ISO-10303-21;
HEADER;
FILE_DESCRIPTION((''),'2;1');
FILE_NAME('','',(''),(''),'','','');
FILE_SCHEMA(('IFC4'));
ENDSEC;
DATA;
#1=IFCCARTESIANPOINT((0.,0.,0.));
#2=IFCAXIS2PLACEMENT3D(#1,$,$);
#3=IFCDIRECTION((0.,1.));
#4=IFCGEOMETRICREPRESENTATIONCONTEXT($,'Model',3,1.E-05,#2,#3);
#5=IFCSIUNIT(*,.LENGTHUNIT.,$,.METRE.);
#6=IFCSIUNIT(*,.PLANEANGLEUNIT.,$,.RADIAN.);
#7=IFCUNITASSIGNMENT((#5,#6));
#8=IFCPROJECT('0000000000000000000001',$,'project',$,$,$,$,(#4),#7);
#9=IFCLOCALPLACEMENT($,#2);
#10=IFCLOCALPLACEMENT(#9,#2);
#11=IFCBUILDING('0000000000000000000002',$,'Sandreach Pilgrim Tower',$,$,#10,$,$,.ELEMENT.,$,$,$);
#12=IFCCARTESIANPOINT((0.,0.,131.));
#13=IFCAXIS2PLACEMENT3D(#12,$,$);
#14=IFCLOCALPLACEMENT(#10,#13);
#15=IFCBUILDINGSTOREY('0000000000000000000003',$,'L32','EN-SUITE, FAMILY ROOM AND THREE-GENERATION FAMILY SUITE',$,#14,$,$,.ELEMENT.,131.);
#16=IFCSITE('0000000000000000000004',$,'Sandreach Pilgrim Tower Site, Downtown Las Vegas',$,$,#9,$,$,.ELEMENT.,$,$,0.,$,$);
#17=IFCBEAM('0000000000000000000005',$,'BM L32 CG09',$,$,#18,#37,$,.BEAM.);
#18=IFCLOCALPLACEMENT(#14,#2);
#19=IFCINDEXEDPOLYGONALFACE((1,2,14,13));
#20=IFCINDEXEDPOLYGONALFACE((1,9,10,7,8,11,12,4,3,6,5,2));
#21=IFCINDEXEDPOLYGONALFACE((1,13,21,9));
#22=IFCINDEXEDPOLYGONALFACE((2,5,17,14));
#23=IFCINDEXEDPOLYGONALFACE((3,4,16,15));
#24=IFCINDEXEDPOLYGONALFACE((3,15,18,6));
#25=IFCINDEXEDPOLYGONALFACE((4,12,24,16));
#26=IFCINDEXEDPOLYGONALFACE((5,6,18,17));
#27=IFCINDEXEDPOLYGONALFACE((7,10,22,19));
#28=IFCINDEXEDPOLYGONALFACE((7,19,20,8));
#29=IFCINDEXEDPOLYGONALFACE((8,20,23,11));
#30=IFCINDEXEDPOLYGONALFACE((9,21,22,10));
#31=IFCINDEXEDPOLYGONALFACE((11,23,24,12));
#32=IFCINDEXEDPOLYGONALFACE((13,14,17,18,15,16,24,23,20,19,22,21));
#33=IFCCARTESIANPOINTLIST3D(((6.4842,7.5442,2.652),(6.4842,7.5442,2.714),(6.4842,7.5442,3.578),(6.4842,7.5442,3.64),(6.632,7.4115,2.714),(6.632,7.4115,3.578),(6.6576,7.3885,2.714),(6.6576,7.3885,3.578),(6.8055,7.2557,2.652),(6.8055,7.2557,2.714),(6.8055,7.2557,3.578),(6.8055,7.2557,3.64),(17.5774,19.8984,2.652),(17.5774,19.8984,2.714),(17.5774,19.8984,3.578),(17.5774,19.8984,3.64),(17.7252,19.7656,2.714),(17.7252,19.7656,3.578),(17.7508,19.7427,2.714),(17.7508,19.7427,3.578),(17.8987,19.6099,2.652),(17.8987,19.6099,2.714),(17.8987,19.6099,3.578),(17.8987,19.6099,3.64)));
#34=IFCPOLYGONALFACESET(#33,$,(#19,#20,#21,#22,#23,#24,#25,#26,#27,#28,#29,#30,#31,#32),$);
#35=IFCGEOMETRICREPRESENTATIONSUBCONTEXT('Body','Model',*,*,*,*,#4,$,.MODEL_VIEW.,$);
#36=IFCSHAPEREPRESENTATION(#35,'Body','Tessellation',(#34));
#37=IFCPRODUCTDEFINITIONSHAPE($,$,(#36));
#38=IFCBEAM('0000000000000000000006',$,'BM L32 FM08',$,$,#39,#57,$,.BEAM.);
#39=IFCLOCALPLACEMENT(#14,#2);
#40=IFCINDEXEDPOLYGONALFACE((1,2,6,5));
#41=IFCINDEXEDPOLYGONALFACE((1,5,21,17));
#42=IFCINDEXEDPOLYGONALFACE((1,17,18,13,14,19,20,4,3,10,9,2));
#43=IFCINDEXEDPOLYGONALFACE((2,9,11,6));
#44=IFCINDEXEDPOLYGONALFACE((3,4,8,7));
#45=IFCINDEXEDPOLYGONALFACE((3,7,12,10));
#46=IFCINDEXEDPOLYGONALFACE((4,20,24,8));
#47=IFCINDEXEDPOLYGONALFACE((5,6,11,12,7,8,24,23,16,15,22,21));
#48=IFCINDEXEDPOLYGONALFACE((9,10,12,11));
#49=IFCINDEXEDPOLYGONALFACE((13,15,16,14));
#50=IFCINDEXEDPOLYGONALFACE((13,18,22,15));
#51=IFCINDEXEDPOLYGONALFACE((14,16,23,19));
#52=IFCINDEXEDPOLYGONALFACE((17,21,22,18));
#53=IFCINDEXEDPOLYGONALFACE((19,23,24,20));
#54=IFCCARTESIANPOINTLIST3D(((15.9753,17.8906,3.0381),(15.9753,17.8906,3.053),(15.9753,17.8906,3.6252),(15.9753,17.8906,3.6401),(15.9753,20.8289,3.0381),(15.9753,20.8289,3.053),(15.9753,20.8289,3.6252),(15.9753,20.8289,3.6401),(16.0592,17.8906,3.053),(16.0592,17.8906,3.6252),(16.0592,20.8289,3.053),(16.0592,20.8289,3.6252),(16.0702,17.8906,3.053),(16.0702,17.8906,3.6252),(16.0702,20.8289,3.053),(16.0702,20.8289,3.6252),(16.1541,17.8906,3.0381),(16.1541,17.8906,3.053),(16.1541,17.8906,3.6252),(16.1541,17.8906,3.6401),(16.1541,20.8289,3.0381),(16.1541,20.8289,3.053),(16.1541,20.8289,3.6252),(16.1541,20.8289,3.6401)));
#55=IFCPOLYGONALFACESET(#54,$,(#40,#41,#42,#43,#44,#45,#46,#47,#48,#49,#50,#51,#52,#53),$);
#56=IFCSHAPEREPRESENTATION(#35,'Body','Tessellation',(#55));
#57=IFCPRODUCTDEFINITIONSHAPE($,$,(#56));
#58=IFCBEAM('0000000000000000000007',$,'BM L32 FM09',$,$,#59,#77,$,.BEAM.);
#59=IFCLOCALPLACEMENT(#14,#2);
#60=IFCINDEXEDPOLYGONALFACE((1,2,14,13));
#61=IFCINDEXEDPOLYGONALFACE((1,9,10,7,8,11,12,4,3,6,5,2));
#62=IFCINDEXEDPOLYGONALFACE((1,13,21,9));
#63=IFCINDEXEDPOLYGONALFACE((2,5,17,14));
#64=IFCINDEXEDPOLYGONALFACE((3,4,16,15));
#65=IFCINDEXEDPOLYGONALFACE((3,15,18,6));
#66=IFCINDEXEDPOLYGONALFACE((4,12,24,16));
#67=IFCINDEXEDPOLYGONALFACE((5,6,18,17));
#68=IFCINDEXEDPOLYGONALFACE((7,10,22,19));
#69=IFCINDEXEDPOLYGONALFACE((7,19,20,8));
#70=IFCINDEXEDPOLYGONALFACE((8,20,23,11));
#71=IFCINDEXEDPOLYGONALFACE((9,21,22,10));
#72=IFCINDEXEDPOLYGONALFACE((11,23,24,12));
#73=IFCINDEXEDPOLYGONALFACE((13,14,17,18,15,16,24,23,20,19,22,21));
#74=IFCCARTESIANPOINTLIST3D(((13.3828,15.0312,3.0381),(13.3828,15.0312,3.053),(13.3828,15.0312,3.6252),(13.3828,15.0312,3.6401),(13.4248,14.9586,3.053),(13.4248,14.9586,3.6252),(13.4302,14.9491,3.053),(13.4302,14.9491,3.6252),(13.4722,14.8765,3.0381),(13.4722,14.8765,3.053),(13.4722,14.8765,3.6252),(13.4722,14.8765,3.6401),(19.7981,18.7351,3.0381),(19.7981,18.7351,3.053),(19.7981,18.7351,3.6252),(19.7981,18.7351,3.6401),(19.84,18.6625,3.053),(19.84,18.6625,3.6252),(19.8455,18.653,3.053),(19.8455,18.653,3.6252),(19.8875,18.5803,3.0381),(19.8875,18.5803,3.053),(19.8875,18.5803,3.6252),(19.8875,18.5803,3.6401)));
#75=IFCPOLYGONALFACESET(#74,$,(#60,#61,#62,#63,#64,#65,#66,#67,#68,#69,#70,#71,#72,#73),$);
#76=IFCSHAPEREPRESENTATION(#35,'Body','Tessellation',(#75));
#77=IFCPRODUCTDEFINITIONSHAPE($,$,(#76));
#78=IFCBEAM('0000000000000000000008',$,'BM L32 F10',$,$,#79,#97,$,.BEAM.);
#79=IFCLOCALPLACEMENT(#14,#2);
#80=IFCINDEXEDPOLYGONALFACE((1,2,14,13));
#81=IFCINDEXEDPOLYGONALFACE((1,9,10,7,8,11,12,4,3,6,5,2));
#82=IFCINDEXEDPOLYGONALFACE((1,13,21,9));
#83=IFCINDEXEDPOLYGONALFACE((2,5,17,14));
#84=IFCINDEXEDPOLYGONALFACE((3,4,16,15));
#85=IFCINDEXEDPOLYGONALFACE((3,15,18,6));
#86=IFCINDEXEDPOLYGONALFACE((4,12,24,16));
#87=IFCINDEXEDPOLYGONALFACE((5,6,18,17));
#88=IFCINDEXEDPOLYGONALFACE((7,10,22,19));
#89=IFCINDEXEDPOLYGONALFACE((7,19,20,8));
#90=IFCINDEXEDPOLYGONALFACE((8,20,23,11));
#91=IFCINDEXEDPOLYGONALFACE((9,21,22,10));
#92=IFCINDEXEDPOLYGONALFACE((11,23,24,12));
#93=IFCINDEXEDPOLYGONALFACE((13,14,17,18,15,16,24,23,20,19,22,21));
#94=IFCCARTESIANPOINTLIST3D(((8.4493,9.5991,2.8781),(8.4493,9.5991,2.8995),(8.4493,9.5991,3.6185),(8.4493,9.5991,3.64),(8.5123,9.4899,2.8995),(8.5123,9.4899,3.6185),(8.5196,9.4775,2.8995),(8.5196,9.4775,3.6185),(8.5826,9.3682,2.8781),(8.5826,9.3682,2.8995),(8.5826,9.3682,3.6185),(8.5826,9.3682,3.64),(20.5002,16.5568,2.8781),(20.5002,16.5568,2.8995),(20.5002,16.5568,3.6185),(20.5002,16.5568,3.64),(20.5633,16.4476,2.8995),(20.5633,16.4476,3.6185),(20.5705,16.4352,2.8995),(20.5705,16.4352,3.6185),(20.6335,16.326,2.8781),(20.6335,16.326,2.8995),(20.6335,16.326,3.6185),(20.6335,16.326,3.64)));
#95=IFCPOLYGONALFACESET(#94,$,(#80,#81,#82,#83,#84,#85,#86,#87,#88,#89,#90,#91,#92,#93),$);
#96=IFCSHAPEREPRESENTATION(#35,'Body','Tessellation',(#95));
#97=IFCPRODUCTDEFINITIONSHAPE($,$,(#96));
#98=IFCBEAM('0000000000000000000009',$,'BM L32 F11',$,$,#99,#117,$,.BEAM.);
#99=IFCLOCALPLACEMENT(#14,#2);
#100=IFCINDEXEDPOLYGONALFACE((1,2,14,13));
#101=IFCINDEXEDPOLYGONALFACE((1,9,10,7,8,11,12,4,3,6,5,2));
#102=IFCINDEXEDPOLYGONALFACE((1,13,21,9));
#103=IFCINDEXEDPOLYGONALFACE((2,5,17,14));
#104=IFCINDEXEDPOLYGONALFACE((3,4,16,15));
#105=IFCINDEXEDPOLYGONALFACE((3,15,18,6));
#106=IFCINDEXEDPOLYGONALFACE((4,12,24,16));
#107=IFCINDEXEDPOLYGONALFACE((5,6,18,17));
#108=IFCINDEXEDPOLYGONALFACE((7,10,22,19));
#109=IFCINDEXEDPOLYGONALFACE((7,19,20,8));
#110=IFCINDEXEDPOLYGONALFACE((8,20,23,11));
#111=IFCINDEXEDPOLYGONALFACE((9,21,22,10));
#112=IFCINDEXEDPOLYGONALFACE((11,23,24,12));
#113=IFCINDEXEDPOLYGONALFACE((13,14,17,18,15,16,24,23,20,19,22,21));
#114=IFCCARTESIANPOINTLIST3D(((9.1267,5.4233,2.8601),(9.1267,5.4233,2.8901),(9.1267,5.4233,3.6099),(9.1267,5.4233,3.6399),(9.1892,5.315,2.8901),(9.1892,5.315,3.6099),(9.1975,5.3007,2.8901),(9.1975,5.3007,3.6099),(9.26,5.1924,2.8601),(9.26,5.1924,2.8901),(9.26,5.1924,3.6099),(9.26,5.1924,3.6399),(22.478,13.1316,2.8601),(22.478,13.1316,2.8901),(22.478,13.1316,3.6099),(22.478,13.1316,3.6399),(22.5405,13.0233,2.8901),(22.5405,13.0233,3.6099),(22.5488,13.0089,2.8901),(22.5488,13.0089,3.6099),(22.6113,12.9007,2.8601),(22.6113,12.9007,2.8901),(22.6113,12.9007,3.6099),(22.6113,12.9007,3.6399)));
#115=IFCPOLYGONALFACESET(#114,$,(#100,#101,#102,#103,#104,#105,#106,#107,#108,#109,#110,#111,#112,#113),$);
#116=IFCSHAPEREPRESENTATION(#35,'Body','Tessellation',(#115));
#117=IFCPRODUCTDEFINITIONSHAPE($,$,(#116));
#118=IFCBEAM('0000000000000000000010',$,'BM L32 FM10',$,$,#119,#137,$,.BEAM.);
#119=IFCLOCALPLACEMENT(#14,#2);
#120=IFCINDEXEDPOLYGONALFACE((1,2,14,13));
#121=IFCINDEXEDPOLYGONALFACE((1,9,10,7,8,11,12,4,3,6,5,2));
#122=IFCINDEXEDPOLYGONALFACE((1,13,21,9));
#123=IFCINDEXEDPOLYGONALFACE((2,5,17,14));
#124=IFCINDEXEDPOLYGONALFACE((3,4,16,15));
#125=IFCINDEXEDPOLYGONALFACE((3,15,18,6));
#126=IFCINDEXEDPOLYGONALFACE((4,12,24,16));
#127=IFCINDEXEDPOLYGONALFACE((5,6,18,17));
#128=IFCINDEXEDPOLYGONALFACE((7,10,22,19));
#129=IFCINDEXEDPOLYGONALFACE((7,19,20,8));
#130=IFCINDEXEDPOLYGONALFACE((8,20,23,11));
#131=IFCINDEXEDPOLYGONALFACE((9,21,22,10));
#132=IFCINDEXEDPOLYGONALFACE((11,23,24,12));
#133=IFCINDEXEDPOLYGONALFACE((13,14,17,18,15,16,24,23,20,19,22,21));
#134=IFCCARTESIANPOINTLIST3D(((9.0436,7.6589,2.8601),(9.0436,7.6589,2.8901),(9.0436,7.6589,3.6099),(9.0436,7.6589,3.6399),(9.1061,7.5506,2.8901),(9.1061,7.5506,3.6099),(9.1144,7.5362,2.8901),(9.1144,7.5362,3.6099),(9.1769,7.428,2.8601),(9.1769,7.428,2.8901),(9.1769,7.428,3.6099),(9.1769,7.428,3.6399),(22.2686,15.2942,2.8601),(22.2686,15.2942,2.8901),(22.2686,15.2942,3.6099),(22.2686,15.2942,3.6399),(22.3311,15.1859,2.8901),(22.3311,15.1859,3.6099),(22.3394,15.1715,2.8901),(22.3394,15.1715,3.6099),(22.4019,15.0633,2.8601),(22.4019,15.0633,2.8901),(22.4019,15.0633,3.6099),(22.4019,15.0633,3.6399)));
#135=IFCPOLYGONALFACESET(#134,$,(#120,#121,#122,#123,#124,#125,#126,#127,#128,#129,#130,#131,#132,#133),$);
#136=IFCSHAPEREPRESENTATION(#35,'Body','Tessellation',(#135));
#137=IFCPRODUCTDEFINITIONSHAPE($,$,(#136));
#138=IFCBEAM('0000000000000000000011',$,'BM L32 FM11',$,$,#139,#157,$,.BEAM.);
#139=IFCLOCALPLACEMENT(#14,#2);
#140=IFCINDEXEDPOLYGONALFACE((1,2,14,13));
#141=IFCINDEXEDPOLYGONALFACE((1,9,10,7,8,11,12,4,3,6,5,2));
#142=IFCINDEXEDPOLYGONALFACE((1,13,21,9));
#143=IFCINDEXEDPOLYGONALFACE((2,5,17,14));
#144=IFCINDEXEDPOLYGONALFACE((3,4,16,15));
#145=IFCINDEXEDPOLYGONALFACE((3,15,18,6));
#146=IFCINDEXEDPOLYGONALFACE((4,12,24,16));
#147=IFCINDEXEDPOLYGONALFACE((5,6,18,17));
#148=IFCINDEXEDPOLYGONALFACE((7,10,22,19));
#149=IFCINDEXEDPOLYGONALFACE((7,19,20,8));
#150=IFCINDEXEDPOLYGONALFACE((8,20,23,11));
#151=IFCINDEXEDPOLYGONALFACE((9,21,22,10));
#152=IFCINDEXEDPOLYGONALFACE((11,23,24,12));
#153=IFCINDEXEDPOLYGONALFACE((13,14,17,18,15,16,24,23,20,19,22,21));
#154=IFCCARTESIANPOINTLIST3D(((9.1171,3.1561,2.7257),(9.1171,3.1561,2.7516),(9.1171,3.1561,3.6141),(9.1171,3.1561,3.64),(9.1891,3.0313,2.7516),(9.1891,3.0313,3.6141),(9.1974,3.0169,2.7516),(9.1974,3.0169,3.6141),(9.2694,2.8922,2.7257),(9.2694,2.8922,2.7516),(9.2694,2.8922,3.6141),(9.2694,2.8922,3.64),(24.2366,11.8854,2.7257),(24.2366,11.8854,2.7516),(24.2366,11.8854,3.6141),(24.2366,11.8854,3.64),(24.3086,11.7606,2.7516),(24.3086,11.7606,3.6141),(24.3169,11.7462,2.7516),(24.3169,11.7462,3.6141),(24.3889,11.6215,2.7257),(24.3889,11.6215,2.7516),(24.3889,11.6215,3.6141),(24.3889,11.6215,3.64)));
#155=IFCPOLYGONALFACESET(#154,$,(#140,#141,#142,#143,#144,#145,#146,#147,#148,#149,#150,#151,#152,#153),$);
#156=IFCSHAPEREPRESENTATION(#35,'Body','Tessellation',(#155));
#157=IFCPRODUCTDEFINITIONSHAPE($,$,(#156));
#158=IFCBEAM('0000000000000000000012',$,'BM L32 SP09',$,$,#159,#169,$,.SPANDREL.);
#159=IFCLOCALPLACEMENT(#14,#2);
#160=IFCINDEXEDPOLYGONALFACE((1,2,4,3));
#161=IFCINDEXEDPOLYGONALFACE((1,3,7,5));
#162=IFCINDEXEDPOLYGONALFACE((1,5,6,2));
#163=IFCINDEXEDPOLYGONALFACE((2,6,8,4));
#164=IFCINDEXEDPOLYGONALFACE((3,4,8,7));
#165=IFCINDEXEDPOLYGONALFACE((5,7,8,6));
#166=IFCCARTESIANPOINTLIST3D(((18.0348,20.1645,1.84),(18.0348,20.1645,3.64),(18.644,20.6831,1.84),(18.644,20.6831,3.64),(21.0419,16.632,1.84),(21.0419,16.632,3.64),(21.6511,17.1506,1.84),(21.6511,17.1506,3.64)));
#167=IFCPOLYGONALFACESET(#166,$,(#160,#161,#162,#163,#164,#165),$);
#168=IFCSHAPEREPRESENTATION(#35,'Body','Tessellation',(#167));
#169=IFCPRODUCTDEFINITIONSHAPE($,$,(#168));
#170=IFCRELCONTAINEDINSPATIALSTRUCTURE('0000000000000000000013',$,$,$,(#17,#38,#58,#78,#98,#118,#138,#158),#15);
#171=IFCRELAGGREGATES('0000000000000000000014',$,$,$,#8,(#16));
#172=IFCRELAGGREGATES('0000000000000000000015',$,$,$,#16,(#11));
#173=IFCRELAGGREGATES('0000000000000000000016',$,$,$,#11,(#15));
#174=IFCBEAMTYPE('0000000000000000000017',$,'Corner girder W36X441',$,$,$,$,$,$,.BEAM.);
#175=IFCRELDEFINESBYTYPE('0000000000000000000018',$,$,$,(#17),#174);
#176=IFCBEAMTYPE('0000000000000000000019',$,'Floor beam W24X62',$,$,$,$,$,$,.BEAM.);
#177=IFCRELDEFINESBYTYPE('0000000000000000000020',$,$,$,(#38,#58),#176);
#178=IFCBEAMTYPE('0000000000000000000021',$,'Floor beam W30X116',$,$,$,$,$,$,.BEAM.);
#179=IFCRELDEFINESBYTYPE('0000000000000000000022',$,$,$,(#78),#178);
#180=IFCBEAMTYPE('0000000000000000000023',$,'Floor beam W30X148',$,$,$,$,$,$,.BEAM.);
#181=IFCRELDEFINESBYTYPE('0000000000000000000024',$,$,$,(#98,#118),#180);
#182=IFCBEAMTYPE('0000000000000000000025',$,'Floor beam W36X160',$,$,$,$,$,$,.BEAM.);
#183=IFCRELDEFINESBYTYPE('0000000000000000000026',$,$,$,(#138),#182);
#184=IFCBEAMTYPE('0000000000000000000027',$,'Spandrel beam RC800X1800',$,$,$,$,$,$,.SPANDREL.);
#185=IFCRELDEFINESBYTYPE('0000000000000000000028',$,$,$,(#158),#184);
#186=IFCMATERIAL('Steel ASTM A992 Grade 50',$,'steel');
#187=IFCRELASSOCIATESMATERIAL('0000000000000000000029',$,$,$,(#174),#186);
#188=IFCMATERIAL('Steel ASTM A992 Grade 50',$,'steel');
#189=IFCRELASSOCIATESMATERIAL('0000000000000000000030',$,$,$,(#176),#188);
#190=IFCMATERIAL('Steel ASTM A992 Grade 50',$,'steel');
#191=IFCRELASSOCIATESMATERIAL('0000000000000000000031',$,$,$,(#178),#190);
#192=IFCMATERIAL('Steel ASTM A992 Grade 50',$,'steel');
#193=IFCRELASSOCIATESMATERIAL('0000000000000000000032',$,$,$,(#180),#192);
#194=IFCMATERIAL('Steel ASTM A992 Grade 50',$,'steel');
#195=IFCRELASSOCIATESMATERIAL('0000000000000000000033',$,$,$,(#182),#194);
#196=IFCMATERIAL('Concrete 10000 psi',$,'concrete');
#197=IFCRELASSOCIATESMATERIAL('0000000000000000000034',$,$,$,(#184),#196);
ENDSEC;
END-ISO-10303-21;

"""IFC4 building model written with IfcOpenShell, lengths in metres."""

from ifc_helpers import new_model, si_unit, direction, frame, origin, origin_2d, place, context, subcontext, project, spatial, rectangle, i_section, extrude, material, material_profile, profile_set, type_object, element, save


model = new_model("IFC4")

# Units and contexts
model_context = context("Model", 3, precision=1e-05, world=origin(), true_north=direction((0.0, 1.0)))
body_context = subcontext(model_context, "Body", "Model", "MODEL_VIEW")
ifc_project = project(units=[si_unit("LENGTHUNIT", "METRE"), si_unit("PLANEANGLEUNIT", "RADIAN")], contexts=[model_context])

# Site, building, storey
site_placement = place(None, origin())
site = spatial("IfcSite", under=ifc_project, at=site_placement, Name="Sandreach Pilgrim Tower Site, Downtown Las Vegas", CompositionType="ELEMENT", RefElevation=0.0)
building_placement = place(site_placement, origin())
building = spatial("IfcBuilding", under=site, at=building_placement, Name="Sandreach Pilgrim Tower", CompositionType="ELEMENT")
storey_placement = place(building_placement, frame((0.0, 0.0, 131.0)))
storey = spatial("IfcBuildingStorey", under=building, at=storey_placement, Name="L32", Description="EN-SUITE, FAMILY ROOM AND THREE-GENERATION FAMILY SUITE", CompositionType="ELEMENT", Elevation=131.0)

# Beams
ifc_material_1 = material(Name="Steel ASTM A992 Grade 50", Category="steel")
ifc_material_profile_1 = material_profile(ifc_material_1, i_section(OverallWidth=0.4319, OverallDepth=0.988, WebThickness=0.0344, FlangeThickness=0.062, at=origin_2d()), Name="W36X441")
ifc_profile_set_1 = profile_set([ifc_material_profile_1], Name="Steel ASTM A992 Grade 50")
beam_type_1 = type_object("IfcBeamType", Name="Corner girder W36X441", PredefinedType="BEAM", material=ifc_profile_set_1)
beam_1_placement = place(storey_placement, frame((17.738, 19.7542, 3.146), z_axis=(-0.668114, -0.744059, 0.0), x_axis=(0.744059, -0.668114, 0.0)))
element("IfcBeam", 1, at=beam_1_placement, inside=storey, type_object=beam_type_1, Name="BM L32 CG09", PredefinedType="BEAM", context=body_context, shape_type="SweptSolid", body=[
    extrude(i_section(OverallWidth=0.4319, OverallDepth=0.988, WebThickness=0.0344, FlangeThickness=0.062, at=origin_2d()), origin(), (0.0, 0.0, 1.0), 16.6038),
])
ifc_material_2 = material(Name="Steel ASTM A992 Grade 50", Category="steel")
ifc_material_profile_2 = material_profile(ifc_material_2, i_section(OverallWidth=0.1787, OverallDepth=0.6021, WebThickness=0.011, FlangeThickness=0.0149, at=origin_2d()), Name="W24X62")
ifc_profile_set_2 = profile_set([ifc_material_profile_2], Name="Steel ASTM A992 Grade 50")
beam_type_2 = type_object("IfcBeamType", Name="Floor beam W24X62", PredefinedType="BEAM", material=ifc_profile_set_2)
beam_2_placement = place(storey_placement, frame((16.0647, 20.8289, 3.3391), z_axis=(0.0, -1.0, 0.0), x_axis=(1.0, 0.0, 0.0)))
element("IfcBeam", 2, at=beam_2_placement, inside=storey, type_object=beam_type_2, Name="BM L32 FM08", PredefinedType="BEAM", context=body_context, shape_type="SweptSolid", body=[
    extrude(i_section(OverallWidth=0.1787, OverallDepth=0.6021, WebThickness=0.011, FlangeThickness=0.0149, at=origin_2d()), origin(), (0.0, 0.0, 1.0), 2.9382),
])
beam_3_placement = place(storey_placement, frame((19.8428, 18.6577, 3.3391), z_axis=(-0.866026, -0.499999, 0.0), x_axis=(0.499999, -0.866026, 0.0)))
element("IfcBeam", 3, at=beam_3_placement, inside=storey, type_object=beam_type_2, Name="BM L32 FM09", PredefinedType="BEAM", context=body_context, shape_type="SweptSolid", body=[
    extrude(i_section(OverallWidth=0.1787, OverallDepth=0.6021, WebThickness=0.011, FlangeThickness=0.0149, at=origin_2d()), origin(), (0.0, 0.0, 1.0), 7.4077),
])
ifc_material_3 = material(Name="Steel ASTM A992 Grade 50", Category="steel")
ifc_material_profile_3 = material_profile(ifc_material_3, i_section(OverallWidth=0.2666, OverallDepth=0.762, WebThickness=0.0144, FlangeThickness=0.0215, at=origin_2d()), Name="W30X116")
ifc_profile_set_3 = profile_set([ifc_material_profile_3], Name="Steel ASTM A992 Grade 50")
beam_type_3 = type_object("IfcBeamType", Name="Floor beam W30X116", PredefinedType="BEAM", material=ifc_profile_set_3)
beam_4_placement = place(storey_placement, frame((20.5669, 16.4414, 3.259), z_axis=(-0.866022, -0.500005, 0.0), x_axis=(0.500005, -0.866022, 0.0)))
element("IfcBeam", 4, at=beam_4_placement, inside=storey, type_object=beam_type_3, Name="BM L32 F10", PredefinedType="BEAM", context=body_context, shape_type="SweptSolid", body=[
    extrude(i_section(OverallWidth=0.2666, OverallDepth=0.762, WebThickness=0.0144, FlangeThickness=0.0215, at=origin_2d()), origin(), (0.0, 0.0, 1.0), 13.9153),
])
ifc_material_4 = material(Name="Steel ASTM A992 Grade 50", Category="steel")
ifc_material_profile_4 = material_profile(ifc_material_4, i_section(OverallWidth=0.2666, OverallDepth=0.7798, WebThickness=0.0166, FlangeThickness=0.03, at=origin_2d()), Name="W30X148")
ifc_profile_set_4 = profile_set([ifc_material_profile_4], Name="Steel ASTM A992 Grade 50")
beam_type_4 = type_object("IfcBeamType", Name="Floor beam W30X148", PredefinedType="BEAM", material=ifc_profile_set_4)
beam_5_placement = place(storey_placement, frame((22.5447, 13.0161, 3.25), z_axis=(-0.866029, -0.499993, 0.0), x_axis=(0.499993, -0.866029, 0.0)))
element("IfcBeam", 5, at=beam_5_placement, inside=storey, type_object=beam_type_4, Name="BM L32 F11", PredefinedType="BEAM", context=body_context, shape_type="SweptSolid", body=[
    extrude(i_section(OverallWidth=0.2666, OverallDepth=0.7798, WebThickness=0.0166, FlangeThickness=0.03, at=origin_2d()), origin(), (0.0, 0.0, 1.0), 15.4167),
])
beam_6_placement = place(storey_placement, frame((22.3352, 15.1787, 3.25), z_axis=(-0.866029, -0.499994, 0.0), x_axis=(0.499994, -0.866029, 0.0)))
element("IfcBeam", 6, at=beam_6_placement, inside=storey, type_object=beam_type_4, Name="BM L32 FM10", PredefinedType="BEAM", context=body_context, shape_type="SweptSolid", body=[
    extrude(i_section(OverallWidth=0.2666, OverallDepth=0.7798, WebThickness=0.0166, FlangeThickness=0.03, at=origin_2d()), origin(), (0.0, 0.0, 1.0), 15.2708),
])
ifc_material_5 = material(Name="Steel ASTM A992 Grade 50", Category="steel")
ifc_material_profile_5 = material_profile(ifc_material_5, i_section(OverallWidth=0.3047, OverallDepth=0.9143, WebThickness=0.0166, FlangeThickness=0.0259, at=origin_2d()), Name="W36X160")
ifc_profile_set_5 = profile_set([ifc_material_profile_5], Name="Steel ASTM A992 Grade 50")
beam_type_5 = type_object("IfcBeamType", Name="Floor beam W36X160", PredefinedType="BEAM", material=ifc_profile_set_5)
beam_7_placement = place(storey_placement, frame((24.3127, 11.7534, 3.1829), z_axis=(-0.866024, -0.500003, 0.0), x_axis=(0.500003, -0.866024, 0.0)))
element("IfcBeam", 7, at=beam_7_placement, inside=storey, type_object=beam_type_5, Name="BM L32 FM11", PredefinedType="BEAM", context=body_context, shape_type="SweptSolid", body=[
    extrude(i_section(OverallWidth=0.3047, OverallDepth=0.9143, WebThickness=0.0166, FlangeThickness=0.0259, at=origin_2d()), origin(), (0.0, 0.0, 1.0), 17.4585),
])
ifc_material_6 = material(Name="Concrete 10000 psi", Category="concrete")
ifc_material_profile_6 = material_profile(ifc_material_6, rectangle(XDim=0.8, YDim=1.8, at=origin_2d()), Name="RC800X1800")
ifc_profile_set_6 = profile_set([ifc_material_profile_6], Name="Concrete 10000 psi")
beam_type_6 = type_object("IfcBeamType", Name="Spandrel beam RC800X1800", PredefinedType="SPANDREL", material=ifc_profile_set_6)
beam_8_placement = place(storey_placement, frame((18.3394, 20.4238, 2.74), z_axis=(0.648209, -0.761463, 0.0), x_axis=(0.761463, 0.648209, 0.0)))
element("IfcBeam", 8, at=beam_8_placement, inside=storey, type_object=beam_type_6, Name="BM L32 SP09", PredefinedType="SPANDREL", context=body_context, shape_type="SweptSolid", body=[
    extrude(rectangle(XDim=0.8, YDim=1.8, at=origin_2d()), origin(), (0.0, 0.0, 1.0), 4.6392),
])

save(model, "model.ifc")
